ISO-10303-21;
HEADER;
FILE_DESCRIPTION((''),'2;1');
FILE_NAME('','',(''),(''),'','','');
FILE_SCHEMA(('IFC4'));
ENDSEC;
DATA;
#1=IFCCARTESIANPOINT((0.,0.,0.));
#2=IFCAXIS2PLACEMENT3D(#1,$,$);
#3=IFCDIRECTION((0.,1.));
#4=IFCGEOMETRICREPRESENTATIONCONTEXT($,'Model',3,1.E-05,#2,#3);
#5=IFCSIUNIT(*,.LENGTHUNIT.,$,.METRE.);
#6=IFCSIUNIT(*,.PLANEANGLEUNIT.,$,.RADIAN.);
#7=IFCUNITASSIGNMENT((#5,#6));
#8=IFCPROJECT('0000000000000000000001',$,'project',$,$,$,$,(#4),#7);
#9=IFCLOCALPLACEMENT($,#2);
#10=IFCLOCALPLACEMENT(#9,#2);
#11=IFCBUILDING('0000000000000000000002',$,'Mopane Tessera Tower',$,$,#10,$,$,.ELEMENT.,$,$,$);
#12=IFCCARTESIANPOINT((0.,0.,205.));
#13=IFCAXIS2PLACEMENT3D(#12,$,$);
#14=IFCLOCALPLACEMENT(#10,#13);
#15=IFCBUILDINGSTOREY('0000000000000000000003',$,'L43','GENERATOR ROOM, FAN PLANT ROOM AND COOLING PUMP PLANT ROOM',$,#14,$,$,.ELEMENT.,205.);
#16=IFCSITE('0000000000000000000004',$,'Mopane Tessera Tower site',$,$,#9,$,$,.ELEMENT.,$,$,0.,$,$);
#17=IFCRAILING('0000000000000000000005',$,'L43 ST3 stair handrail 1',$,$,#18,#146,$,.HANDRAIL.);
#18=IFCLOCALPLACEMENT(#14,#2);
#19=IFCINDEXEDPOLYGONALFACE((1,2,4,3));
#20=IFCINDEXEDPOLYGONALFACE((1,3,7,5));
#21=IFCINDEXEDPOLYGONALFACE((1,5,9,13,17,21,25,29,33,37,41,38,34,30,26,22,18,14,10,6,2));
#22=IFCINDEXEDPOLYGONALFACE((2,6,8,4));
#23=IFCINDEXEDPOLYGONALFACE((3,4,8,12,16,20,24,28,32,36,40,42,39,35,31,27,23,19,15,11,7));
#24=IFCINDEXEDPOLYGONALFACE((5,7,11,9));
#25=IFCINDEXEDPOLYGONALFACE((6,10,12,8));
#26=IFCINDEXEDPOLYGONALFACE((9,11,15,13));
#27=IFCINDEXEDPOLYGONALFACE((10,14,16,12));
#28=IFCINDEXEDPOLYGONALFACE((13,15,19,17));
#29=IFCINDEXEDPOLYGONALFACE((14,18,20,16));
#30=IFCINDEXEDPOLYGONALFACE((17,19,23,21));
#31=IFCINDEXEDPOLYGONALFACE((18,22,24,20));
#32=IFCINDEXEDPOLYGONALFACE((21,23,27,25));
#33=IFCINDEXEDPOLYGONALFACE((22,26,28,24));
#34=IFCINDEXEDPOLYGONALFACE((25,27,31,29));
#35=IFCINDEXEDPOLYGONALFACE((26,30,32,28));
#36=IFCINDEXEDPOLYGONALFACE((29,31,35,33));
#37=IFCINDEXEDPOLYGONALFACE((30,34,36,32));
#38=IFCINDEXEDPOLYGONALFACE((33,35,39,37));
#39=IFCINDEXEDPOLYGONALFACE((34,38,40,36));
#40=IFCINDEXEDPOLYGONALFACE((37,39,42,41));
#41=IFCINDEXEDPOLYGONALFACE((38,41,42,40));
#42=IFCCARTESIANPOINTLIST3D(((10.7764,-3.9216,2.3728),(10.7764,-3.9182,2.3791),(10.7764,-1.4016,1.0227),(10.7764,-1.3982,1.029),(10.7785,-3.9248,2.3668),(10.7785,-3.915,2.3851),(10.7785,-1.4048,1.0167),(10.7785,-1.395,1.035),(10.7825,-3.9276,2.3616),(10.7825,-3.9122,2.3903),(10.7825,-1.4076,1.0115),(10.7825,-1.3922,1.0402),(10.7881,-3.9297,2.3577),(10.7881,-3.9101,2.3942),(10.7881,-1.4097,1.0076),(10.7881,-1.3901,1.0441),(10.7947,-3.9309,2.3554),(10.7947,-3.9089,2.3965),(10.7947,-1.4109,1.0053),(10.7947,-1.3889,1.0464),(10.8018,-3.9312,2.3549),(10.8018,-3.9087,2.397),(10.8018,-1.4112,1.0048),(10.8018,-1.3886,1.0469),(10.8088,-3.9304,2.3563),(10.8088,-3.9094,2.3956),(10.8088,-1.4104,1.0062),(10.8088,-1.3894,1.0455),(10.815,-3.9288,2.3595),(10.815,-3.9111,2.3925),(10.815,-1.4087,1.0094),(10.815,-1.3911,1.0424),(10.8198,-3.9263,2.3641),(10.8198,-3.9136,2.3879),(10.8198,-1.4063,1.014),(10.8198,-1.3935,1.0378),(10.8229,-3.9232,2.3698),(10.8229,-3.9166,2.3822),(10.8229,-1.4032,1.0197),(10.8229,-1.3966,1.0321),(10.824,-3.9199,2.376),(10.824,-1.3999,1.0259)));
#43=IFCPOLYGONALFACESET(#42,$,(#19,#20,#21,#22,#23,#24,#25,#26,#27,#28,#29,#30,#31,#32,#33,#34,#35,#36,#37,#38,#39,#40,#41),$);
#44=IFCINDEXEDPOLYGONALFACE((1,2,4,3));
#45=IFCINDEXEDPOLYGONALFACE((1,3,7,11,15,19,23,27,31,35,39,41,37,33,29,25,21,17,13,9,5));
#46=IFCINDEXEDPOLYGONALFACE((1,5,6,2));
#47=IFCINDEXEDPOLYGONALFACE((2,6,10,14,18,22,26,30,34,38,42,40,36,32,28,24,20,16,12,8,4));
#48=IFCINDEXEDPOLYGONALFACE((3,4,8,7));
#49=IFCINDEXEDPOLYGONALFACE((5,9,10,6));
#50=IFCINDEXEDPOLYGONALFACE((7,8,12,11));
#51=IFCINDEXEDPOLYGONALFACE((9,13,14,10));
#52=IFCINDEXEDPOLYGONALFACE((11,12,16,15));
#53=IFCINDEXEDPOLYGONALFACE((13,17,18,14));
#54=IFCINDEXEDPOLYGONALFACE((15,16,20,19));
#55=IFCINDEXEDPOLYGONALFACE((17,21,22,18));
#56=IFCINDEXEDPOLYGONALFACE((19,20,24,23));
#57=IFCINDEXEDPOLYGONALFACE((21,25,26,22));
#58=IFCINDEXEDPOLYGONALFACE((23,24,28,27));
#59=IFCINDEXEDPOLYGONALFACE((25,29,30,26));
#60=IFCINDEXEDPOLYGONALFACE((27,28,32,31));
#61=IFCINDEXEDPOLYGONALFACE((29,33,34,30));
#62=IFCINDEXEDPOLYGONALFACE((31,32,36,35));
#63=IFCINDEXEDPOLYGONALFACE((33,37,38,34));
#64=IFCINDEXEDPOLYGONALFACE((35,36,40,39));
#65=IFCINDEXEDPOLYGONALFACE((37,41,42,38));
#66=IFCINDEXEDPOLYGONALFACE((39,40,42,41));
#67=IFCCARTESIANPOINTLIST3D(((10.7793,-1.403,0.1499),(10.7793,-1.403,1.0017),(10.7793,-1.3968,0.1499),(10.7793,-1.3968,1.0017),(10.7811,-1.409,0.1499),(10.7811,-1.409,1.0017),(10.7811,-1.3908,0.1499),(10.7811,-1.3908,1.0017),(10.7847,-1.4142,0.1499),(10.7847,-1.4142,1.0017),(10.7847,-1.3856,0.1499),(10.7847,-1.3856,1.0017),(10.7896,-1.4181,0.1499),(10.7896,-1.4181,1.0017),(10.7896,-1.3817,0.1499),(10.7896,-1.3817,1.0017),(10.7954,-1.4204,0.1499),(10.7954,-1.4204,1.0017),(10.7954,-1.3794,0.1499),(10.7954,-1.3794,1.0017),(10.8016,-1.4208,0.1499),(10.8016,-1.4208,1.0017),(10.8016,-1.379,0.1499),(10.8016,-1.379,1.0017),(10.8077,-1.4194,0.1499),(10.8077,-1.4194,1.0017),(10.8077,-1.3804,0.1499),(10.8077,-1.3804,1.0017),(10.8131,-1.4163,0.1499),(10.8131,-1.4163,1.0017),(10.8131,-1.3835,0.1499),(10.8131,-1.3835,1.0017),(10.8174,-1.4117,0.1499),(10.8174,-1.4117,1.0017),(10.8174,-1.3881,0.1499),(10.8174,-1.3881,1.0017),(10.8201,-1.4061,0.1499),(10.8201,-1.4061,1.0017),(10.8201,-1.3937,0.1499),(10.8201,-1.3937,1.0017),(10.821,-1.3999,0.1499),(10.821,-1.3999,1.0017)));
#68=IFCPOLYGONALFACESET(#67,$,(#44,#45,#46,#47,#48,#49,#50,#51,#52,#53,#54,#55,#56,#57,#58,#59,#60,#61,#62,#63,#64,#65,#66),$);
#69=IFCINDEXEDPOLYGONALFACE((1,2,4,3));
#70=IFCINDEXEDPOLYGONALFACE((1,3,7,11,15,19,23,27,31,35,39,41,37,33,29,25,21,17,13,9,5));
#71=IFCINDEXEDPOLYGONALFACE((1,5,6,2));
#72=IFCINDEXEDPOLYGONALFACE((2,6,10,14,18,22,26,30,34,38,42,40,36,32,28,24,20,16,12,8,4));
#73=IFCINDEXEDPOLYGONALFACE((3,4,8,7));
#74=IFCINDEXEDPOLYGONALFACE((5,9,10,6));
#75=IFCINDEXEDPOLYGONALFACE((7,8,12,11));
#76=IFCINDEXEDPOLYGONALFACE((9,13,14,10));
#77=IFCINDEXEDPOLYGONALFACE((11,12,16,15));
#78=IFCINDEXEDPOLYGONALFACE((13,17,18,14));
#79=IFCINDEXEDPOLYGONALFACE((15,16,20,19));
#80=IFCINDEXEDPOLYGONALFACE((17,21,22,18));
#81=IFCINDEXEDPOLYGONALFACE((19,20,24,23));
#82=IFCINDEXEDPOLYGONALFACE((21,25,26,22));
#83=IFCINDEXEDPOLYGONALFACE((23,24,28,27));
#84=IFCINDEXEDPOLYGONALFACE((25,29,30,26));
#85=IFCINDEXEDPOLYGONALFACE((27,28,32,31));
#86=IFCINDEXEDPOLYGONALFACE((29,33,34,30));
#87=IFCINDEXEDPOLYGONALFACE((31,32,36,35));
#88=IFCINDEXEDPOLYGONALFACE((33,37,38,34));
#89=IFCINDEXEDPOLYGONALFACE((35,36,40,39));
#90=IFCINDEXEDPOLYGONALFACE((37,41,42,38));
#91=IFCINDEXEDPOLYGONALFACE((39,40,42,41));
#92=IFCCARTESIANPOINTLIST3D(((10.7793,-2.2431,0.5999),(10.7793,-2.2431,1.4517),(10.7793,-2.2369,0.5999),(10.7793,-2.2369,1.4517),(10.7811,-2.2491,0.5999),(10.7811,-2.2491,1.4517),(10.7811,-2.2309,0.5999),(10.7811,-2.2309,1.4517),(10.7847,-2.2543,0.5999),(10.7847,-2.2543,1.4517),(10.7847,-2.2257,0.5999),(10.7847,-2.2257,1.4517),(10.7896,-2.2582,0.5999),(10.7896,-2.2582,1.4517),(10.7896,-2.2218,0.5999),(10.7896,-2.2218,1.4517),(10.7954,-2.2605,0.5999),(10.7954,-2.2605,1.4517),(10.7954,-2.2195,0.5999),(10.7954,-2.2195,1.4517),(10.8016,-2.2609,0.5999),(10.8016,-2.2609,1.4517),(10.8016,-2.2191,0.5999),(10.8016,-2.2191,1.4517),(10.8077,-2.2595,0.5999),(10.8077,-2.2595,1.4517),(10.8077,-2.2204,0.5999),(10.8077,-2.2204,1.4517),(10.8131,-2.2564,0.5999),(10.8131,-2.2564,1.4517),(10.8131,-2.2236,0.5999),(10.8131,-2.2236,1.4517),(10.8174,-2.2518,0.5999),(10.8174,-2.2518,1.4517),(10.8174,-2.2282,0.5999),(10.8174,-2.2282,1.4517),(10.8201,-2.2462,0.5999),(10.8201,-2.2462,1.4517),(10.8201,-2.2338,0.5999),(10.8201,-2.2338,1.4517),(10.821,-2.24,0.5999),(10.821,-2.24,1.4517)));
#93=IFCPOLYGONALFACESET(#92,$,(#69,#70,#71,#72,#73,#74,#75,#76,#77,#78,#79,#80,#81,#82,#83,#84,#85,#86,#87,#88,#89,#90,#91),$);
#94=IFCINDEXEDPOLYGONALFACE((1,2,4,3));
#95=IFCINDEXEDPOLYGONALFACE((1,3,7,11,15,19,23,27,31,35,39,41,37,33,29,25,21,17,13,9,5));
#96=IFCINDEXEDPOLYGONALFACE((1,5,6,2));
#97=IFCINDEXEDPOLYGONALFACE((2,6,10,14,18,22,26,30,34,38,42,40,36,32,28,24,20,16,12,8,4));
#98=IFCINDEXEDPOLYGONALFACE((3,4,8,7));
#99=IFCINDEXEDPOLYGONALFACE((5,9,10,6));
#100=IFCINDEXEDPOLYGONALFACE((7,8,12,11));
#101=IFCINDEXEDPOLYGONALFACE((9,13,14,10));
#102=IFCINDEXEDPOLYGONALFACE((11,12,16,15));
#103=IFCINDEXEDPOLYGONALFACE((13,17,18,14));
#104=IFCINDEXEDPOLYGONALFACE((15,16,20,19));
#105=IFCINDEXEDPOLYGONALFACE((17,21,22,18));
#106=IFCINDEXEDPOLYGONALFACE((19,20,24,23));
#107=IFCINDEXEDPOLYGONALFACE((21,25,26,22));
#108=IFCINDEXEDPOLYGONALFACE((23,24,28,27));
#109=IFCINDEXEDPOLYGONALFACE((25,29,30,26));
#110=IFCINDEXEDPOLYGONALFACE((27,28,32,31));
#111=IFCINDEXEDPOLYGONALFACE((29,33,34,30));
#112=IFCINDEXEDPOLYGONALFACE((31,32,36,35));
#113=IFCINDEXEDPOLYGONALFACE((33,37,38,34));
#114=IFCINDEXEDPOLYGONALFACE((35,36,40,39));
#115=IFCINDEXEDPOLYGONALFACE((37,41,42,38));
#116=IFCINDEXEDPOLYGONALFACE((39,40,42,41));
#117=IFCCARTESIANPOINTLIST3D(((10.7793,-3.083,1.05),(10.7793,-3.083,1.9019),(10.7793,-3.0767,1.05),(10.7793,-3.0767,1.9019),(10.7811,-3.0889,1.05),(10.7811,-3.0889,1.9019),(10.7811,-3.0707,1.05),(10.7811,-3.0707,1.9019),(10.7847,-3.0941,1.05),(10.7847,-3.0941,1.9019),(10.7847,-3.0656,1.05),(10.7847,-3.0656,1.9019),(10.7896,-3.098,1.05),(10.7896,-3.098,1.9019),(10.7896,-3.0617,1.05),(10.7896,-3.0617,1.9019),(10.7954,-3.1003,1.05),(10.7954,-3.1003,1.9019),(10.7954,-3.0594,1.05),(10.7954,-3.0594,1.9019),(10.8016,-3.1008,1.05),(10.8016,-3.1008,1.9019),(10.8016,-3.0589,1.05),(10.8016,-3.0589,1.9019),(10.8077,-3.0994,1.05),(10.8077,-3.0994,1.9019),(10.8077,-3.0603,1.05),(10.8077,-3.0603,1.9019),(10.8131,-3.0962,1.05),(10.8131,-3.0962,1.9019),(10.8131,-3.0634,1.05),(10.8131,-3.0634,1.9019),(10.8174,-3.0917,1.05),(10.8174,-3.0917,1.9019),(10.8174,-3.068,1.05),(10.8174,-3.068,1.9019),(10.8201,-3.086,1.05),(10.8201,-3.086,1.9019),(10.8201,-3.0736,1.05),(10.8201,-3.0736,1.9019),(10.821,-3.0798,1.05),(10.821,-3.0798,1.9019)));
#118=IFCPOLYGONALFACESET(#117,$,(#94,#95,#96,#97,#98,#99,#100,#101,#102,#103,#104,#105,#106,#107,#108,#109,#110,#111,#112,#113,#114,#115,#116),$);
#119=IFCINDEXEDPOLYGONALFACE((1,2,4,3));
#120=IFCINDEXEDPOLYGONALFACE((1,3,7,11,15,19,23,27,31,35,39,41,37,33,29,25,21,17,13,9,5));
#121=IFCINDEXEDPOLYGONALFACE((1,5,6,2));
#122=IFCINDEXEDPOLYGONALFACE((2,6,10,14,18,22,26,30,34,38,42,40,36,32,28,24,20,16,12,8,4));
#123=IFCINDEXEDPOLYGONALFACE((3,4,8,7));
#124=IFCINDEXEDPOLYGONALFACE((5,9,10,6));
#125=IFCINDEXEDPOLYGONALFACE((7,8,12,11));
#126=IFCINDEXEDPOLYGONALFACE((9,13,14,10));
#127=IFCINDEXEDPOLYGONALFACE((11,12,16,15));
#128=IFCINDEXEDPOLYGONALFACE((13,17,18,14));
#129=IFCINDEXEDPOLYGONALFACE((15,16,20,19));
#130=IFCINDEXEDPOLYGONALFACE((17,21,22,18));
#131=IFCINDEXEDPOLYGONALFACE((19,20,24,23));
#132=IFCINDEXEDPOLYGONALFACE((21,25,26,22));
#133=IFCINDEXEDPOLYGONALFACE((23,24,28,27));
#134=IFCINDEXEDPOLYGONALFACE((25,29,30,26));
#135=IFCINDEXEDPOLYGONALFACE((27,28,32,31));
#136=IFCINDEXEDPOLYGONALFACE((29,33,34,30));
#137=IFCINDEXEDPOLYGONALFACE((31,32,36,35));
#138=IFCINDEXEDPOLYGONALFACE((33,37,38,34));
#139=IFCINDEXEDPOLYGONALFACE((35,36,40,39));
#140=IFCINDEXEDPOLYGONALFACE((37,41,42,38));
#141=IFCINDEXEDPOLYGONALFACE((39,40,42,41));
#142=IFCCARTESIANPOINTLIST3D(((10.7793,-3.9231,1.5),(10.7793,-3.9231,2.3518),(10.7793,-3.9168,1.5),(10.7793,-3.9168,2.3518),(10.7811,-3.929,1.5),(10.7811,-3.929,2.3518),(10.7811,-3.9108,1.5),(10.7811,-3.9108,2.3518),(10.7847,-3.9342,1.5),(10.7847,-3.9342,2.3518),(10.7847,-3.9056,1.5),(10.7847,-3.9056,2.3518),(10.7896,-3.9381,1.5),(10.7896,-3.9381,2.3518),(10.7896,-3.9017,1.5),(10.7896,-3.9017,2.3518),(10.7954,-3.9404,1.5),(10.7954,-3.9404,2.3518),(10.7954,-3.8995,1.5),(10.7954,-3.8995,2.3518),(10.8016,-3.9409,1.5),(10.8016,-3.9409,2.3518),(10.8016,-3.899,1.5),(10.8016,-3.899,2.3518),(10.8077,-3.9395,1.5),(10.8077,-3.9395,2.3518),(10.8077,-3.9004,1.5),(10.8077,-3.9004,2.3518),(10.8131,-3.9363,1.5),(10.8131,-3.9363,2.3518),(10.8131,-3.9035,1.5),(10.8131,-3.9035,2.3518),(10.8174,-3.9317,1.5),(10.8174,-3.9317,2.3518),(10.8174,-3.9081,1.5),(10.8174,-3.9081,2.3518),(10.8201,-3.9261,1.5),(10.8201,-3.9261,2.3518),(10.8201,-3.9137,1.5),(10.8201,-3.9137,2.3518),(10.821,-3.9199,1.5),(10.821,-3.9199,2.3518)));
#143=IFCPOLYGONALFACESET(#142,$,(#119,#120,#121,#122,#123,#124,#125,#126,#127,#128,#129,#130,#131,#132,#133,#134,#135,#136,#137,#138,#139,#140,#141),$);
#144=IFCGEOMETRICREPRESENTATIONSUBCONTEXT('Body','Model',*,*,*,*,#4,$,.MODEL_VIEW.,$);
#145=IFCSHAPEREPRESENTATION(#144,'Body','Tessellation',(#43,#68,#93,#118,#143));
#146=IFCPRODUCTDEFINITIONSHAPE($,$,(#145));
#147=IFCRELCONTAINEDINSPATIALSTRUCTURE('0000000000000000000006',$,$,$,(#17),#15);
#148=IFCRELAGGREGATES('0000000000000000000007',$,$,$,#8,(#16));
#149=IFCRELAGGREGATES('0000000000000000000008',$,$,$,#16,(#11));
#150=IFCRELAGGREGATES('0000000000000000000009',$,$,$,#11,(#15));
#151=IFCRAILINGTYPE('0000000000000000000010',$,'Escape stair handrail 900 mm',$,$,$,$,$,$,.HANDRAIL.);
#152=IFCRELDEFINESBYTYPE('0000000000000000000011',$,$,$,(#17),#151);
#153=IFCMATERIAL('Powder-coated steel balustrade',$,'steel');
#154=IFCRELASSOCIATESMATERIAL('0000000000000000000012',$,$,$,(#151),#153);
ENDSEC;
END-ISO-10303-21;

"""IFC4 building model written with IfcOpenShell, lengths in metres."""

from ifc_helpers import new_model, si_unit, direction, frame, origin, origin_2d, place, context, subcontext, project, spatial, circle, extrude, material, type_object, element, save


model = new_model("IFC4")

# Units and contexts
model_context = context("Model", 3, precision=1e-05, world=origin(), true_north=direction((0.0, 1.0)))
body_context = subcontext(model_context, "Body", "Model", "MODEL_VIEW")
ifc_project = project(units=[si_unit("LENGTHUNIT", "METRE"), si_unit("PLANEANGLEUNIT", "RADIAN")], contexts=[model_context])

# Site, building, storey
site_placement = place(None, origin())
site = spatial("IfcSite", under=ifc_project, at=site_placement, Name="Mopane Tessera Tower site", CompositionType="ELEMENT", RefElevation=0.0)
building_placement = place(site_placement, origin())
building = spatial("IfcBuilding", under=site, at=building_placement, Name="Mopane Tessera Tower", CompositionType="ELEMENT")
storey_placement = place(building_placement, frame((0.0, 0.0, 205.0)))
storey = spatial("IfcBuildingStorey", under=building, at=storey_placement, Name="L43", Description="GENERATOR ROOM, FAN PLANT ROOM AND COOLING PUMP PLANT ROOM", CompositionType="ELEMENT", Elevation=205.0)

# Railing
ifc_material_1 = material(Name="Powder-coated steel balustrade", Category="steel")
railing_type_1 = type_object("IfcRailingType", Name="Escape stair handrail 900 mm", PredefinedType="HANDRAIL", material=ifc_material_1)
railing_1_placement = place(storey_placement, frame((10.8, -1.3999, 0.1499)))
element("IfcRailing", 1, at=railing_1_placement, inside=storey, type_object=railing_type_1, Name="L43 ST3 stair handrail 1", PredefinedType="HANDRAIL", context=body_context, shape_type="SweptSolid", body=[
    extrude(circle(Radius=0.0239, at=origin_2d()), frame((0.0, 0.0, 0.876), z_axis=(0.0, -0.881467, 0.472245), x_axis=(1.0, 0.0, 0.0)), (0.0, 0.0, 1.0), 2.8589),
    extrude(circle(Radius=0.021, at=origin_2d()), origin(), (0.0, 0.0, 1.0), 0.8518),
    extrude(circle(Radius=0.021, at=origin_2d()), frame((0.0, -0.8401, 0.45)), (0.0, 0.0, 1.0), 0.8518),
    extrude(circle(Radius=0.021, at=origin_2d()), frame((0.0, -1.6799, 0.9001)), (0.0, 0.0, 1.0), 0.8518),
    extrude(circle(Radius=0.021, at=origin_2d()), frame((0.0, -2.52, 1.3501)), (0.0, 0.0, 1.0), 0.8518),
])

save(model, "model.ifc")
